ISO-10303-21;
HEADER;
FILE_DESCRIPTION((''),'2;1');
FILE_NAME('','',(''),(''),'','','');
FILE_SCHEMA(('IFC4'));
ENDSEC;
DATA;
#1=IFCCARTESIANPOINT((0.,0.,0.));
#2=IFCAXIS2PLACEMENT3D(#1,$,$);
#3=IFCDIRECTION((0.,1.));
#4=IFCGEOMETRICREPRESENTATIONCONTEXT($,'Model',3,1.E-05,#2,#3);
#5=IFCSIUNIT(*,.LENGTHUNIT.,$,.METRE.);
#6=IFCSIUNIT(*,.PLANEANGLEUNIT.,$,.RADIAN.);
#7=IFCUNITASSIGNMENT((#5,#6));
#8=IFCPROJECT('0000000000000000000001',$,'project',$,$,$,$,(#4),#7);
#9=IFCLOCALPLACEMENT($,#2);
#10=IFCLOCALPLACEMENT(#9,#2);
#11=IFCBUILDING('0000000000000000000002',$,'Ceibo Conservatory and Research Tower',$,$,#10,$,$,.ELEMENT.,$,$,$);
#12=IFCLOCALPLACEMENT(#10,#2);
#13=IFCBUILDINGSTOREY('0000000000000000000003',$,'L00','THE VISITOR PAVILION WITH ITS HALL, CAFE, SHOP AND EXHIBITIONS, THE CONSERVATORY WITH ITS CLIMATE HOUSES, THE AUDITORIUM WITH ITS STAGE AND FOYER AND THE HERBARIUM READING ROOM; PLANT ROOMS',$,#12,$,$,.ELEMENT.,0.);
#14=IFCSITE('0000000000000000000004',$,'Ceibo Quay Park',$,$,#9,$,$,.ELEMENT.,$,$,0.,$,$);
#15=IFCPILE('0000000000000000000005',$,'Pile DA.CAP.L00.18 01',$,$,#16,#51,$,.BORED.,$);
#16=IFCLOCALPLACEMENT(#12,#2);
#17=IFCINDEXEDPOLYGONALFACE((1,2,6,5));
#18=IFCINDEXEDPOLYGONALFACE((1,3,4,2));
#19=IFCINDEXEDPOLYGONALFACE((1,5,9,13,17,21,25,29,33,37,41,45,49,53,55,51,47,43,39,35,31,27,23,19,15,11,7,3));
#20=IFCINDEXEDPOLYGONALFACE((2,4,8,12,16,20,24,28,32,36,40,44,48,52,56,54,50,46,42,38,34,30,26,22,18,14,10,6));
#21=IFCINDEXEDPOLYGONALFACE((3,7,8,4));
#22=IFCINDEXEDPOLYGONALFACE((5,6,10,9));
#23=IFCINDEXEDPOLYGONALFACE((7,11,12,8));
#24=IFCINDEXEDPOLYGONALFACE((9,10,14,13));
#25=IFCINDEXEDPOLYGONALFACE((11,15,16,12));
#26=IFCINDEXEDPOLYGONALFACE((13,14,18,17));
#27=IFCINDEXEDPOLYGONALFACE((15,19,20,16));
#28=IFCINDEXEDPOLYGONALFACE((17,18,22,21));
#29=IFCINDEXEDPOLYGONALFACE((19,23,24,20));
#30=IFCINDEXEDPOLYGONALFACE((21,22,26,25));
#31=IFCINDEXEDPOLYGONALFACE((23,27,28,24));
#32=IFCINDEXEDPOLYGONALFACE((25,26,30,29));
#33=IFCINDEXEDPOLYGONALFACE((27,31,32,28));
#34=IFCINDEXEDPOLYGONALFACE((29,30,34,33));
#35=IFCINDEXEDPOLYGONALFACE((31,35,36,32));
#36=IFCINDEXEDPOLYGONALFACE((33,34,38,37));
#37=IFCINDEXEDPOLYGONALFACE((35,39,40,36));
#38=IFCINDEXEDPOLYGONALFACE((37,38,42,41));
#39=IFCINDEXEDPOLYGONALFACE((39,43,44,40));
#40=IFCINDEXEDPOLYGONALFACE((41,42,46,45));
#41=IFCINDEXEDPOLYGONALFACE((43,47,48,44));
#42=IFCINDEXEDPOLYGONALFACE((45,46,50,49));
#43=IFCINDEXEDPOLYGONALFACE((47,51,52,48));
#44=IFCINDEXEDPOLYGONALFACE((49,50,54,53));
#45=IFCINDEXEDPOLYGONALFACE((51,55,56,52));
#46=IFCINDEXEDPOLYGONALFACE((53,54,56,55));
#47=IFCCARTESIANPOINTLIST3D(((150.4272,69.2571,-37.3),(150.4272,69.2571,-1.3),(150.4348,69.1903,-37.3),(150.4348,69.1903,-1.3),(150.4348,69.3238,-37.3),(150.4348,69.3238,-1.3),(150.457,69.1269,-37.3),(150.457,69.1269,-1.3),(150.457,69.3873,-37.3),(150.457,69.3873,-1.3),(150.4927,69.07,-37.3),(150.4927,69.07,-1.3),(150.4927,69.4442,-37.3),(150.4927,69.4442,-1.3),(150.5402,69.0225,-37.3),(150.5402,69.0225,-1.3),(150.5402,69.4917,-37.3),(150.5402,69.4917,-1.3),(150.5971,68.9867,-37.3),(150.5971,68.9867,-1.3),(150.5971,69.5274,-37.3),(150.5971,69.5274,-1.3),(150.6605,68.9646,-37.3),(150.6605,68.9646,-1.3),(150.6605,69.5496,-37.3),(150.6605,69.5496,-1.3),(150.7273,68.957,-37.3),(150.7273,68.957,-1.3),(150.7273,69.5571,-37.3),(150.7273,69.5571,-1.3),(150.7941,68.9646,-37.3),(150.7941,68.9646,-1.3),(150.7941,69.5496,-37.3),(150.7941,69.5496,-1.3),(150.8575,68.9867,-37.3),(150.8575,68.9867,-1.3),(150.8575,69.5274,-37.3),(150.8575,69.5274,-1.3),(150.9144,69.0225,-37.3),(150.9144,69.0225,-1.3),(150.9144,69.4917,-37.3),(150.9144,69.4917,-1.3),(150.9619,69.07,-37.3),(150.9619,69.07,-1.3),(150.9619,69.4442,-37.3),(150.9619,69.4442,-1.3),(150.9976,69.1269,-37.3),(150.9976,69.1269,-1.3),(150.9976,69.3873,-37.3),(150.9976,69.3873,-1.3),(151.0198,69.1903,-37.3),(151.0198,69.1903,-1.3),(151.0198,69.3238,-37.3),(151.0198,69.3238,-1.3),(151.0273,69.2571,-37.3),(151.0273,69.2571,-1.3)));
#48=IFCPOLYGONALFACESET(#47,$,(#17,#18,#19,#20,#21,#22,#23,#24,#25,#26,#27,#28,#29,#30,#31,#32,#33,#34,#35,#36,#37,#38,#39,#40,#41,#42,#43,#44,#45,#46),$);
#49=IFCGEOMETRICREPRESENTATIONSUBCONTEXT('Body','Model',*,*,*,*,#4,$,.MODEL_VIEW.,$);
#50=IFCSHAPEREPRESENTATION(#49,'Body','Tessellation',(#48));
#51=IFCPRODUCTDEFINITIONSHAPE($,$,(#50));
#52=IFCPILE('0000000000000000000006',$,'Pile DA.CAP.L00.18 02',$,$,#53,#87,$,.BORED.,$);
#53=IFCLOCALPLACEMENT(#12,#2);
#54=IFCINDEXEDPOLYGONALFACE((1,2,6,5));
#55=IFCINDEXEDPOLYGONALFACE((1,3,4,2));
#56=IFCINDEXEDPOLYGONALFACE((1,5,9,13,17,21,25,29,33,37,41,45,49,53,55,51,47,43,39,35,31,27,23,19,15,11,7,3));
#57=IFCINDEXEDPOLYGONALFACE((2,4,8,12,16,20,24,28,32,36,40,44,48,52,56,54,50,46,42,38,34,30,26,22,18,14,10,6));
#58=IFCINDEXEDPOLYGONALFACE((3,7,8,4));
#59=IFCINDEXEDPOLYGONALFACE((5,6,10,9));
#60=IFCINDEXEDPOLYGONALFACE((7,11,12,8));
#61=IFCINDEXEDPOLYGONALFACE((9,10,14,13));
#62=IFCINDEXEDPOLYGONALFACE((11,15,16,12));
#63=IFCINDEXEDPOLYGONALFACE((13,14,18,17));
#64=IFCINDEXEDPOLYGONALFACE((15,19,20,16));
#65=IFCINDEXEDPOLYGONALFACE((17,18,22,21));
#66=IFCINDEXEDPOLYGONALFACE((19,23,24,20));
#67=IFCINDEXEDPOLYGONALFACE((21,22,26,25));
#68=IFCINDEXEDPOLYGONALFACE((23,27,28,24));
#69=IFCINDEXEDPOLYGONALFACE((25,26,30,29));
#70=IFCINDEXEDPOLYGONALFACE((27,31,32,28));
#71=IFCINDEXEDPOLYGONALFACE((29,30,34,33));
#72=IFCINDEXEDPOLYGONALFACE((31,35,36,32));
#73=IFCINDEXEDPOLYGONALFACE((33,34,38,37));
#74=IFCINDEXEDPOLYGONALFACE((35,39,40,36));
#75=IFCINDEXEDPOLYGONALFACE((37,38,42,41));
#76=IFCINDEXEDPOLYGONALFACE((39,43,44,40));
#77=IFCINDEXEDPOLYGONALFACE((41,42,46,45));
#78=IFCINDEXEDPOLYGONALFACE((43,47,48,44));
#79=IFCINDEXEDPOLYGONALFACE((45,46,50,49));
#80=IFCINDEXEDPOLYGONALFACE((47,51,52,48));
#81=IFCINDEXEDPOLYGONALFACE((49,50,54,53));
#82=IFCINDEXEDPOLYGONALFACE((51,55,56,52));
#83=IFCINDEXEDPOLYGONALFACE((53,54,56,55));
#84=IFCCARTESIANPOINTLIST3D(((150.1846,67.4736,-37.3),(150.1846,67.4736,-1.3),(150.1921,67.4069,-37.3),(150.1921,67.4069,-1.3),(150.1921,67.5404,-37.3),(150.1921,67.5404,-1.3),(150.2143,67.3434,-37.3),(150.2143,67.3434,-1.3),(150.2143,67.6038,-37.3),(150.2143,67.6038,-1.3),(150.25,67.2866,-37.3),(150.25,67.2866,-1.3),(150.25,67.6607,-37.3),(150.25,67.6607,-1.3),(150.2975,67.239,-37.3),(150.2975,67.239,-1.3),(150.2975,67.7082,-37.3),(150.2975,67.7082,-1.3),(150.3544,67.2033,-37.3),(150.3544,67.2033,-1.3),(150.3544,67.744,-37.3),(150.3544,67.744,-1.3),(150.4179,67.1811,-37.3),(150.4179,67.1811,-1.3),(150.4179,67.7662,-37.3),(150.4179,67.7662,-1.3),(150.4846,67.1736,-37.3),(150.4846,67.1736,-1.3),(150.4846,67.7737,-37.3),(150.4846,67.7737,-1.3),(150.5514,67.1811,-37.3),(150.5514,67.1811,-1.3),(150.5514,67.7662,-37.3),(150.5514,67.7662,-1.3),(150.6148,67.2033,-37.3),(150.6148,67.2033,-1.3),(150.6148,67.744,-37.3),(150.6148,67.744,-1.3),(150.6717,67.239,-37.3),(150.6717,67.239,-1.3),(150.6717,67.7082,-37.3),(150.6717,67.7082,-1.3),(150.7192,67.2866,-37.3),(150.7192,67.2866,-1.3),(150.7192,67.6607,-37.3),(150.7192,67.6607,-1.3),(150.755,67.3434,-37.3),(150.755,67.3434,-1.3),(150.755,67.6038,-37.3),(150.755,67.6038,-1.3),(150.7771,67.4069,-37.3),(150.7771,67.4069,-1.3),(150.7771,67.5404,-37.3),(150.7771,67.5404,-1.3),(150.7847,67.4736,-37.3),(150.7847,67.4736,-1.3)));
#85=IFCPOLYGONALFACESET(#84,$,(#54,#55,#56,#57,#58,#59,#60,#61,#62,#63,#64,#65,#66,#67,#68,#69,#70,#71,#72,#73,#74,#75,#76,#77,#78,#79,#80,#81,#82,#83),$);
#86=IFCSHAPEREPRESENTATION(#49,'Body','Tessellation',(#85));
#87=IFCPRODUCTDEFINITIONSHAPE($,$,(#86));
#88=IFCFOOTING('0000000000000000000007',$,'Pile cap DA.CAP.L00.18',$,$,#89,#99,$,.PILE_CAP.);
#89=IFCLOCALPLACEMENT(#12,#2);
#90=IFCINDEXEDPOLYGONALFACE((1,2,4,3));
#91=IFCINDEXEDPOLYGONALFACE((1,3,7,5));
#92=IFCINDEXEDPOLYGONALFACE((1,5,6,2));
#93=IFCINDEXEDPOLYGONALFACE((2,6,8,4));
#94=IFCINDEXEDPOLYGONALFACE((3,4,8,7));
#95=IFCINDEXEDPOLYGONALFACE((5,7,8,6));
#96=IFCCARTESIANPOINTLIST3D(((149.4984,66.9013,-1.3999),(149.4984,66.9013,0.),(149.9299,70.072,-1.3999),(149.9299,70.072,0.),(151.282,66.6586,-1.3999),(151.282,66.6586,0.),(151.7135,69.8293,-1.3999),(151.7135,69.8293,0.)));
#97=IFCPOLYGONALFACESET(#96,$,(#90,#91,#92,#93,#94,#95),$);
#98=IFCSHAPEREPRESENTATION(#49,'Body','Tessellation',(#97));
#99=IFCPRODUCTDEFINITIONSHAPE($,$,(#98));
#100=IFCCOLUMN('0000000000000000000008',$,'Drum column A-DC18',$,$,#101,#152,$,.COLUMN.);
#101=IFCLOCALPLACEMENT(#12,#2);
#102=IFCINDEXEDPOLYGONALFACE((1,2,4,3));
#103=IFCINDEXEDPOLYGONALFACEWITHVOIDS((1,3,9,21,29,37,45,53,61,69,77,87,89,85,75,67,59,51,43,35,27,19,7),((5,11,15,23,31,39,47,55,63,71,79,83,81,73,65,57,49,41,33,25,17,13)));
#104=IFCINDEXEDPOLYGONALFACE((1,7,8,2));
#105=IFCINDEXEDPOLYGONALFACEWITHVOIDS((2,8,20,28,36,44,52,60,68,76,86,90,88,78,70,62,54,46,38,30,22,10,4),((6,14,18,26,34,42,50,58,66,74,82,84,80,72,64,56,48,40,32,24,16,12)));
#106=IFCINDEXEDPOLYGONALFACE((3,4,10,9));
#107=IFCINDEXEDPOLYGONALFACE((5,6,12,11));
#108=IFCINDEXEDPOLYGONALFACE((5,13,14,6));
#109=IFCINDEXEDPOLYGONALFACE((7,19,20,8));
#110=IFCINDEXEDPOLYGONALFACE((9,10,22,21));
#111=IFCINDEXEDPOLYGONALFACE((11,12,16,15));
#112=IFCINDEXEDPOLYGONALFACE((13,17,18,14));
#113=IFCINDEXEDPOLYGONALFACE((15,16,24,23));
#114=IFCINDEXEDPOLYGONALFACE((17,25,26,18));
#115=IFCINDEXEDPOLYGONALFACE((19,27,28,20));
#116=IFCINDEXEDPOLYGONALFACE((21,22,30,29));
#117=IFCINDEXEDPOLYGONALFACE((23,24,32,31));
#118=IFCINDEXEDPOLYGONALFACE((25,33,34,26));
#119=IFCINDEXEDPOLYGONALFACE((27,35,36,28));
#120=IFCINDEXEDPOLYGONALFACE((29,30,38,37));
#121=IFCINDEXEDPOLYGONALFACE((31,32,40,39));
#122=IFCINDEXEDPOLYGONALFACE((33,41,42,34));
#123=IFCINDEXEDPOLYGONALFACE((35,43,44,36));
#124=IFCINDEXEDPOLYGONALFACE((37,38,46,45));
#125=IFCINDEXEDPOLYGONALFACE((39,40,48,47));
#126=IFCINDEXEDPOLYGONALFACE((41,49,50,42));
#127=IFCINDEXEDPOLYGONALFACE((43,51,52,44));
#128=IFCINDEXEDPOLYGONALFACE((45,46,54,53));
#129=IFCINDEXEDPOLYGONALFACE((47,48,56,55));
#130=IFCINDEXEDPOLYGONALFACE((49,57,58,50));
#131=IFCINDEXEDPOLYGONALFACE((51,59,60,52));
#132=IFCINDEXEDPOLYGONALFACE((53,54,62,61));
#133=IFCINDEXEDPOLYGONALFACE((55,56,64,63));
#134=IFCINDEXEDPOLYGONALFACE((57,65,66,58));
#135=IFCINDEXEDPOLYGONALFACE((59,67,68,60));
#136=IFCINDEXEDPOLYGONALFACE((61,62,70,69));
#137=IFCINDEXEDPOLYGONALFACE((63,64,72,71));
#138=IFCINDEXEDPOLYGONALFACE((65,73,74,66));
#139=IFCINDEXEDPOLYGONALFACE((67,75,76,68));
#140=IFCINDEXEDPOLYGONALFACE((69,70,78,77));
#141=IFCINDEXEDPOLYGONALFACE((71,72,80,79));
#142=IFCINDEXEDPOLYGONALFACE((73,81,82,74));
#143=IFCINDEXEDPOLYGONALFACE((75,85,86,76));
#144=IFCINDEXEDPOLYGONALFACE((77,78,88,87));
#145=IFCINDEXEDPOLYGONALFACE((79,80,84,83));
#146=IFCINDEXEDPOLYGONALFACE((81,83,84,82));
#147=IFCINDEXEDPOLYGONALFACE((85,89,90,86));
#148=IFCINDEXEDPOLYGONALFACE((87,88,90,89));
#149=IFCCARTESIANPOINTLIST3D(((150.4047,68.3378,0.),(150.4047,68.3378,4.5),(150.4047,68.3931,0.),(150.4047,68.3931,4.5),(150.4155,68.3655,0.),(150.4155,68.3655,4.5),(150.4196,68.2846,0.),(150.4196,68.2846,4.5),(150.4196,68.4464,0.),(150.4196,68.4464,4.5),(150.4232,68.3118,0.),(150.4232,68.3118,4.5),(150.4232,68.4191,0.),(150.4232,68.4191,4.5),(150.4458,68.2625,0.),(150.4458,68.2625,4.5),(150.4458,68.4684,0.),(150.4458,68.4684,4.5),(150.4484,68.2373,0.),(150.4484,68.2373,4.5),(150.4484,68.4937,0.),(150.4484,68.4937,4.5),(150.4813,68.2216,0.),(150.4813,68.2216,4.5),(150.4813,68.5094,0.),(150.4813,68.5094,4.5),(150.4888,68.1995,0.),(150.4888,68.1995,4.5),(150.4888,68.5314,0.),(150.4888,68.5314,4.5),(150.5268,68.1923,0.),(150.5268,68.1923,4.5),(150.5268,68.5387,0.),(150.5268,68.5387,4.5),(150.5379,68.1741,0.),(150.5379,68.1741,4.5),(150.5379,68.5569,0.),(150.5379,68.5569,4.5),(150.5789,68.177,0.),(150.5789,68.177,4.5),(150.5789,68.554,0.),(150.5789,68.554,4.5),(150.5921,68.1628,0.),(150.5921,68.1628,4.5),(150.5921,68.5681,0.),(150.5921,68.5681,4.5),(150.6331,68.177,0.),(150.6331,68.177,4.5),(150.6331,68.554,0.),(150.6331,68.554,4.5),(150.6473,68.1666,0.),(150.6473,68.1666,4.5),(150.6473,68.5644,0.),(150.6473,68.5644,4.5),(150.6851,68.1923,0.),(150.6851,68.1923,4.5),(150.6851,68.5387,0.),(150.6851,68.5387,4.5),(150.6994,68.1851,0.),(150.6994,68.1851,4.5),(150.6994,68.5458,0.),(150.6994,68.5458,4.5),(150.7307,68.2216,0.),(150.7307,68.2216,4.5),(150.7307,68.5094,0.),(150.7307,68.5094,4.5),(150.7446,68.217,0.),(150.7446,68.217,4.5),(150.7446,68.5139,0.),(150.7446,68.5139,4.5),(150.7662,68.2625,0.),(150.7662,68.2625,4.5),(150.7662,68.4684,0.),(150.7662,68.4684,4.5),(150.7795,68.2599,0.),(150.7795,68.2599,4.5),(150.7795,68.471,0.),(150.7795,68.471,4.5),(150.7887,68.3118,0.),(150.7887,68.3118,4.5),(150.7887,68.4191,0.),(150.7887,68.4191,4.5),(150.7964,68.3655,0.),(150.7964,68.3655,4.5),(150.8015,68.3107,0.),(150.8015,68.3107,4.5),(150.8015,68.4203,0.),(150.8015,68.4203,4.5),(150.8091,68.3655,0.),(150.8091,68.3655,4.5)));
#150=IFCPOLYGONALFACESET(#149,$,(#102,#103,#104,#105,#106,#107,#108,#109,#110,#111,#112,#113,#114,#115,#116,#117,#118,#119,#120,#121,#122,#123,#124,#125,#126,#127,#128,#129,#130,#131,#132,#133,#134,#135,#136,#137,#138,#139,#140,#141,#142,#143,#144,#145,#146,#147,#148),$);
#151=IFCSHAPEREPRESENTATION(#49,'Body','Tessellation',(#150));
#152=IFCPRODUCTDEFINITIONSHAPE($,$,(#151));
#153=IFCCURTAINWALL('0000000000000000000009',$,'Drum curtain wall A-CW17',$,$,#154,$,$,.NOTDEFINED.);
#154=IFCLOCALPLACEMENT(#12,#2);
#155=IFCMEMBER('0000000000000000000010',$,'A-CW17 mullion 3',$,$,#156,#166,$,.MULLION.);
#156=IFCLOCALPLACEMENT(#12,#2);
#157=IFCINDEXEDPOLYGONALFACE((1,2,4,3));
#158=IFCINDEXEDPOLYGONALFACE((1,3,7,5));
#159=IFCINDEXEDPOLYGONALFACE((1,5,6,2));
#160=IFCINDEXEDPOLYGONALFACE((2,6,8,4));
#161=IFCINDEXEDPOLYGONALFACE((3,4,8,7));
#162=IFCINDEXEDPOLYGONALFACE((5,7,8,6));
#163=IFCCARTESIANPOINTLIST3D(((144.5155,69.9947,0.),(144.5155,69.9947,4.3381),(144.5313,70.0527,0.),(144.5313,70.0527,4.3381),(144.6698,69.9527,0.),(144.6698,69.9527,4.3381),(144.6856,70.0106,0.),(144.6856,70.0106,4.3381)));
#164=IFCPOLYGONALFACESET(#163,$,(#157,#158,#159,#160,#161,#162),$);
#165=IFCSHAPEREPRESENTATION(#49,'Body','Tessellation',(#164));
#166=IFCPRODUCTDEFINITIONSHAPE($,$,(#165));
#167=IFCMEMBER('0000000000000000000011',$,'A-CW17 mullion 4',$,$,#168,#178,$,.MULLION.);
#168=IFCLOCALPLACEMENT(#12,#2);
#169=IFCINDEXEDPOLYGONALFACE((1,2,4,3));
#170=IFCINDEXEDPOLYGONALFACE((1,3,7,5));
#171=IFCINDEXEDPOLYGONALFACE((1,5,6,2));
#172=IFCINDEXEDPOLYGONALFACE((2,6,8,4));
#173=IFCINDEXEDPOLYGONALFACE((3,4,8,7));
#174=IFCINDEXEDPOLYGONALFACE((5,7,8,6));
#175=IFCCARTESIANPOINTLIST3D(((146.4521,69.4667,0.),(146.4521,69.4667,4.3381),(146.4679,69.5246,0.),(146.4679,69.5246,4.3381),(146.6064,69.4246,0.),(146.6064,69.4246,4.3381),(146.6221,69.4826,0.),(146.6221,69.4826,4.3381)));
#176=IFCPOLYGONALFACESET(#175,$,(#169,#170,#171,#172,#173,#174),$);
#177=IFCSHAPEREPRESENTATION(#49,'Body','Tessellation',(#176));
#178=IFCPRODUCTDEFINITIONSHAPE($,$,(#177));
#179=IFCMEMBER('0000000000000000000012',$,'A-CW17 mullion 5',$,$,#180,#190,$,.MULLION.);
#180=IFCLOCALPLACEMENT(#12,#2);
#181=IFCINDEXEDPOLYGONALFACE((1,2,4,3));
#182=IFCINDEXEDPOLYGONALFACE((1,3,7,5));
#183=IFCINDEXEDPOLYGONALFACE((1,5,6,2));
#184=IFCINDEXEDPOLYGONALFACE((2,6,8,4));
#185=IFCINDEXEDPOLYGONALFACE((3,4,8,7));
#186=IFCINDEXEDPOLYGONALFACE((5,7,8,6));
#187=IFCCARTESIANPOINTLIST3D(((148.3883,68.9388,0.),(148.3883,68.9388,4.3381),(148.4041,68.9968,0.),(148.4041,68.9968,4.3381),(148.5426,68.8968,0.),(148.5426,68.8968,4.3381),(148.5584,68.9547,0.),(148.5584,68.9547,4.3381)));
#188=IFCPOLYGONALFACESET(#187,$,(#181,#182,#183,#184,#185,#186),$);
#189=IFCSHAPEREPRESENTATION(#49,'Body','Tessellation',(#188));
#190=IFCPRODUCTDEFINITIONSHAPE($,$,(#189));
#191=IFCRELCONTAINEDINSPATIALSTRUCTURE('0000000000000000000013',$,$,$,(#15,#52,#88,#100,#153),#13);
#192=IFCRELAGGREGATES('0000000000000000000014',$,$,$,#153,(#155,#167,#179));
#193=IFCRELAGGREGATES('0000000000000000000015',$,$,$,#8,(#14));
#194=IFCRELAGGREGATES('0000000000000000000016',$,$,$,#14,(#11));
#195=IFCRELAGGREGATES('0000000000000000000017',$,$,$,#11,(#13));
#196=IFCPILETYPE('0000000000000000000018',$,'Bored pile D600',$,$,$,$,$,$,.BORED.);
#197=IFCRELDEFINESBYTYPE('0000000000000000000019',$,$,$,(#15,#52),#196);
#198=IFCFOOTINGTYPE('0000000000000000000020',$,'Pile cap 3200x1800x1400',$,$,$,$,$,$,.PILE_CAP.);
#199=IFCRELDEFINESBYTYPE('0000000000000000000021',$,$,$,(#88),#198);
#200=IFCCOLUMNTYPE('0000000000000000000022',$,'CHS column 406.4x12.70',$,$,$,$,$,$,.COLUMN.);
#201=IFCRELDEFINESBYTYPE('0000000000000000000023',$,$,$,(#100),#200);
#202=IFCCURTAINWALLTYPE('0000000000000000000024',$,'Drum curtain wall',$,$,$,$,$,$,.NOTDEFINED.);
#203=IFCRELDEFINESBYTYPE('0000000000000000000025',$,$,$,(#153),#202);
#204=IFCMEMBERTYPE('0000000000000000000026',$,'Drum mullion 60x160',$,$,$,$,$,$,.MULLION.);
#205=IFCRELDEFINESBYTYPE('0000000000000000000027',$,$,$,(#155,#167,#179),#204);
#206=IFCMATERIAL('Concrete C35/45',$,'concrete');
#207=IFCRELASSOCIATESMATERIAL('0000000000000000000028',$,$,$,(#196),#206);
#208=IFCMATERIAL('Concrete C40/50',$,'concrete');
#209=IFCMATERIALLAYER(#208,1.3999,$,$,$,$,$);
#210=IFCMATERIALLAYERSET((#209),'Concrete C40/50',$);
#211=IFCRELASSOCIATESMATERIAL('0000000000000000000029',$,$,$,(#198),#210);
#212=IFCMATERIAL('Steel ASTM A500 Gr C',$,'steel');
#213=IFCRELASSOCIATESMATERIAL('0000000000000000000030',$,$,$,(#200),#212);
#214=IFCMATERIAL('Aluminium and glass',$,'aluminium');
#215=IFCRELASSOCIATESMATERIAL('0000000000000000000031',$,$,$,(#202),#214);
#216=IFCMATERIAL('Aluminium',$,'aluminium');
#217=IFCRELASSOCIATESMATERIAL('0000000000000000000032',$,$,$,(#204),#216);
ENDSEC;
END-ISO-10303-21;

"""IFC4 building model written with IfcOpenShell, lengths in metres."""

from ifc_helpers import new_model, si_unit, direction, frame, origin, origin_2d, place, context, subcontext, project, spatial, polyline, rectangle, circle, hollow_circle, outline, extrude, material, layer, layer_set, material_profile, profile_set, type_object, element, aggregate, save


model = new_model("IFC4")

# Units and contexts
model_context = context("Model", 3, precision=1e-05, world=origin(), true_north=direction((0.0, 1.0)))
body_context = subcontext(model_context, "Body", "Model", "MODEL_VIEW")
ifc_project = project(units=[si_unit("LENGTHUNIT", "METRE"), si_unit("PLANEANGLEUNIT", "RADIAN")], contexts=[model_context])

# Site, building, storey
site_placement = place(None, origin())
site = spatial("IfcSite", under=ifc_project, at=site_placement, Name="Ceibo Quay Park", CompositionType="ELEMENT", RefElevation=0.0)
building_placement = place(site_placement, origin())
building = spatial("IfcBuilding", under=site, at=building_placement, Name="Ceibo Conservatory and Research Tower", CompositionType="ELEMENT")
storey_placement = place(building_placement, origin())
storey = spatial("IfcBuildingStorey", under=building, at=storey_placement, Name="L00", Description="THE VISITOR PAVILION WITH ITS HALL, CAFE, SHOP AND EXHIBITIONS, THE CONSERVATORY WITH ITS CLIMATE HOUSES, THE AUDITORIUM WITH ITS STAGE AND FOYER AND THE HERBARIUM READING ROOM; PLANT ROOMS", CompositionType="ELEMENT", Elevation=0.0)

# Piles
ifc_material_1 = material(Name="Concrete C35/45", Category="concrete")
ifc_material_profile_1 = material_profile(ifc_material_1, circle(Radius=0.3, at=origin_2d()), Name="RC D600")
ifc_profile_set_1 = profile_set([ifc_material_profile_1], Name="Concrete C35/45")
pile_type = type_object("IfcPileType", Name="Bored pile D600", PredefinedType="BORED", material=ifc_profile_set_1)
for number, where, z_axis, x_axis, name in (
    (1, (150.7273, 69.2571, -1.3), (0.0, 0.0, -1.0), (1.0, 0.0, 0.0), "Pile DA.CAP.L00.18 01"),
    (2, (150.4846, 67.4736, -1.3), (0.0, 0.0, -1.0), (1.0, 0.0, 0.0), "Pile DA.CAP.L00.18 02"),
):
    element("IfcPile", number, at=place(storey_placement, frame(where, z_axis=z_axis, x_axis=x_axis)), inside=storey, type_object=pile_type, Name=name, PredefinedType="BORED", context=body_context, shape_type="SweptSolid", body=[
        extrude(circle(Radius=0.3, at=origin_2d()), origin(), (0.0, 0.0, 1.0), 36.0),
    ])

# Footing
ifc_material_2 = material(Name="Concrete C40/50", Category="concrete")
ifc_layer_1 = layer(ifc_material_2, 1.3999)
ifc_layer_set_1 = layer_set([ifc_layer_1], Name="Concrete C40/50")
footing_type = type_object("IfcFootingType", Name="Pile cap 3200x1800x1400", PredefinedType="PILE_CAP", material=ifc_layer_set_1)
footing_placement = place(storey_placement, frame((149.9299, 70.072, -1.3999), z_axis=(0.0, 0.0, 1.0), x_axis=(-0.134851, -0.990866, 0.0)))
element("IfcFooting", 3, at=footing_placement, inside=storey, type_object=footing_type, Name="Pile cap DA.CAP.L00.18", PredefinedType="PILE_CAP", context=body_context, shape_type="SweptSolid", body=[
    extrude(outline(polyline([(0.0, 0.0), (3.2, 0.0), (3.2, 1.8), (0.0, 1.8), (0.0, 0.0)])), origin(), (0.0, 0.0, 1.0), 1.3999),
])

# Column
ifc_material_3 = material(Name="Steel ASTM A500 Gr C", Category="steel")
ifc_material_profile_2 = material_profile(ifc_material_3, hollow_circle(Radius=0.2031, WallThickness=0.0127, at=origin_2d()), Name="CHS column 406.4x12.70")
ifc_profile_set_2 = profile_set([ifc_material_profile_2], Name="Steel ASTM A500 Gr C")
column_type = type_object("IfcColumnType", Name="CHS column 406.4x12.70", PredefinedType="COLUMN", material=ifc_profile_set_2)
column_placement = place(storey_placement, frame((150.606, 68.3655, 0.0), z_axis=(0.0, 0.0, 1.0), x_axis=(1.0, 0.0, 0.0)))
element("IfcColumn", 4, at=column_placement, inside=storey, type_object=column_type, Name="Drum column A-DC18", PredefinedType="COLUMN", context=body_context, shape_type="SweptSolid", body=[
    extrude(hollow_circle(Radius=0.2031, WallThickness=0.0127, at=origin_2d()), origin(), (0.0, 0.0, 1.0), 4.5),
])

# Curtain wall, members
ifc_material_4 = material(Name="Aluminium and glass", Category="aluminium")
curtain_wall_type = type_object("IfcCurtainWallType", Name="Drum curtain wall", PredefinedType="NOTDEFINED", material=ifc_material_4)
curtain_wall_1_placement = place(storey_placement, origin())
curtain_wall_1 = element("IfcCurtainWall", 5, at=curtain_wall_1_placement, inside=storey, type_object=curtain_wall_type, Name="Drum curtain wall A-CW17", PredefinedType="NOTDEFINED")
ifc_material_5 = material(Name="Aluminium", Category="aluminium")
ifc_material_profile_3 = material_profile(ifc_material_5, rectangle(XDim=0.0601, YDim=0.1599, at=origin_2d()), Name="AL 60x160")
ifc_profile_set_3 = profile_set([ifc_material_profile_3], Name="Aluminium")
member_type_1 = type_object("IfcMemberType", Name="Drum mullion 60x160", PredefinedType="MULLION", material=ifc_profile_set_3)
member_1_placement = place(storey_placement, frame((144.6006, 70.0027, 0.0), z_axis=(0.0, 0.0, 1.0), x_axis=(0.263031, 0.964787, 0.0)))
member_1 = element("IfcMember", 6, at=member_1_placement, type_object=member_type_1, Name="A-CW17 mullion 3", PredefinedType="MULLION", context=body_context, shape_type="SweptSolid", body=[
    extrude(rectangle(XDim=0.0601, YDim=0.1599, at=origin_2d()), origin(), (0.0, 0.0, 1.0), 4.3381),
])
member_2_placement = place(storey_placement, frame((146.5371, 69.4746, 0.0), z_axis=(0.0, 0.0, 1.0), x_axis=(0.263031, 0.964787, 0.0)))
member_2 = element("IfcMember", 7, at=member_2_placement, type_object=member_type_1, Name="A-CW17 mullion 4", PredefinedType="MULLION", context=body_context, shape_type="SweptSolid", body=[
    extrude(rectangle(XDim=0.0601, YDim=0.1599, at=origin_2d()), origin(), (0.0, 0.0, 1.0), 4.3381),
])
member_3_placement = place(storey_placement, frame((148.4734, 68.9468, 0.0), z_axis=(0.0, 0.0, 1.0), x_axis=(0.263031, 0.964787, 0.0)))
member_3 = element("IfcMember", 8, at=member_3_placement, type_object=member_type_1, Name="A-CW17 mullion 5", PredefinedType="MULLION", context=body_context, shape_type="SweptSolid", body=[
    extrude(rectangle(XDim=0.0601, YDim=0.1599, at=origin_2d()), origin(), (0.0, 0.0, 1.0), 4.3381),
])

aggregate(curtain_wall_1, [member_1, member_2, member_3])

save(model, "model.ifc")
